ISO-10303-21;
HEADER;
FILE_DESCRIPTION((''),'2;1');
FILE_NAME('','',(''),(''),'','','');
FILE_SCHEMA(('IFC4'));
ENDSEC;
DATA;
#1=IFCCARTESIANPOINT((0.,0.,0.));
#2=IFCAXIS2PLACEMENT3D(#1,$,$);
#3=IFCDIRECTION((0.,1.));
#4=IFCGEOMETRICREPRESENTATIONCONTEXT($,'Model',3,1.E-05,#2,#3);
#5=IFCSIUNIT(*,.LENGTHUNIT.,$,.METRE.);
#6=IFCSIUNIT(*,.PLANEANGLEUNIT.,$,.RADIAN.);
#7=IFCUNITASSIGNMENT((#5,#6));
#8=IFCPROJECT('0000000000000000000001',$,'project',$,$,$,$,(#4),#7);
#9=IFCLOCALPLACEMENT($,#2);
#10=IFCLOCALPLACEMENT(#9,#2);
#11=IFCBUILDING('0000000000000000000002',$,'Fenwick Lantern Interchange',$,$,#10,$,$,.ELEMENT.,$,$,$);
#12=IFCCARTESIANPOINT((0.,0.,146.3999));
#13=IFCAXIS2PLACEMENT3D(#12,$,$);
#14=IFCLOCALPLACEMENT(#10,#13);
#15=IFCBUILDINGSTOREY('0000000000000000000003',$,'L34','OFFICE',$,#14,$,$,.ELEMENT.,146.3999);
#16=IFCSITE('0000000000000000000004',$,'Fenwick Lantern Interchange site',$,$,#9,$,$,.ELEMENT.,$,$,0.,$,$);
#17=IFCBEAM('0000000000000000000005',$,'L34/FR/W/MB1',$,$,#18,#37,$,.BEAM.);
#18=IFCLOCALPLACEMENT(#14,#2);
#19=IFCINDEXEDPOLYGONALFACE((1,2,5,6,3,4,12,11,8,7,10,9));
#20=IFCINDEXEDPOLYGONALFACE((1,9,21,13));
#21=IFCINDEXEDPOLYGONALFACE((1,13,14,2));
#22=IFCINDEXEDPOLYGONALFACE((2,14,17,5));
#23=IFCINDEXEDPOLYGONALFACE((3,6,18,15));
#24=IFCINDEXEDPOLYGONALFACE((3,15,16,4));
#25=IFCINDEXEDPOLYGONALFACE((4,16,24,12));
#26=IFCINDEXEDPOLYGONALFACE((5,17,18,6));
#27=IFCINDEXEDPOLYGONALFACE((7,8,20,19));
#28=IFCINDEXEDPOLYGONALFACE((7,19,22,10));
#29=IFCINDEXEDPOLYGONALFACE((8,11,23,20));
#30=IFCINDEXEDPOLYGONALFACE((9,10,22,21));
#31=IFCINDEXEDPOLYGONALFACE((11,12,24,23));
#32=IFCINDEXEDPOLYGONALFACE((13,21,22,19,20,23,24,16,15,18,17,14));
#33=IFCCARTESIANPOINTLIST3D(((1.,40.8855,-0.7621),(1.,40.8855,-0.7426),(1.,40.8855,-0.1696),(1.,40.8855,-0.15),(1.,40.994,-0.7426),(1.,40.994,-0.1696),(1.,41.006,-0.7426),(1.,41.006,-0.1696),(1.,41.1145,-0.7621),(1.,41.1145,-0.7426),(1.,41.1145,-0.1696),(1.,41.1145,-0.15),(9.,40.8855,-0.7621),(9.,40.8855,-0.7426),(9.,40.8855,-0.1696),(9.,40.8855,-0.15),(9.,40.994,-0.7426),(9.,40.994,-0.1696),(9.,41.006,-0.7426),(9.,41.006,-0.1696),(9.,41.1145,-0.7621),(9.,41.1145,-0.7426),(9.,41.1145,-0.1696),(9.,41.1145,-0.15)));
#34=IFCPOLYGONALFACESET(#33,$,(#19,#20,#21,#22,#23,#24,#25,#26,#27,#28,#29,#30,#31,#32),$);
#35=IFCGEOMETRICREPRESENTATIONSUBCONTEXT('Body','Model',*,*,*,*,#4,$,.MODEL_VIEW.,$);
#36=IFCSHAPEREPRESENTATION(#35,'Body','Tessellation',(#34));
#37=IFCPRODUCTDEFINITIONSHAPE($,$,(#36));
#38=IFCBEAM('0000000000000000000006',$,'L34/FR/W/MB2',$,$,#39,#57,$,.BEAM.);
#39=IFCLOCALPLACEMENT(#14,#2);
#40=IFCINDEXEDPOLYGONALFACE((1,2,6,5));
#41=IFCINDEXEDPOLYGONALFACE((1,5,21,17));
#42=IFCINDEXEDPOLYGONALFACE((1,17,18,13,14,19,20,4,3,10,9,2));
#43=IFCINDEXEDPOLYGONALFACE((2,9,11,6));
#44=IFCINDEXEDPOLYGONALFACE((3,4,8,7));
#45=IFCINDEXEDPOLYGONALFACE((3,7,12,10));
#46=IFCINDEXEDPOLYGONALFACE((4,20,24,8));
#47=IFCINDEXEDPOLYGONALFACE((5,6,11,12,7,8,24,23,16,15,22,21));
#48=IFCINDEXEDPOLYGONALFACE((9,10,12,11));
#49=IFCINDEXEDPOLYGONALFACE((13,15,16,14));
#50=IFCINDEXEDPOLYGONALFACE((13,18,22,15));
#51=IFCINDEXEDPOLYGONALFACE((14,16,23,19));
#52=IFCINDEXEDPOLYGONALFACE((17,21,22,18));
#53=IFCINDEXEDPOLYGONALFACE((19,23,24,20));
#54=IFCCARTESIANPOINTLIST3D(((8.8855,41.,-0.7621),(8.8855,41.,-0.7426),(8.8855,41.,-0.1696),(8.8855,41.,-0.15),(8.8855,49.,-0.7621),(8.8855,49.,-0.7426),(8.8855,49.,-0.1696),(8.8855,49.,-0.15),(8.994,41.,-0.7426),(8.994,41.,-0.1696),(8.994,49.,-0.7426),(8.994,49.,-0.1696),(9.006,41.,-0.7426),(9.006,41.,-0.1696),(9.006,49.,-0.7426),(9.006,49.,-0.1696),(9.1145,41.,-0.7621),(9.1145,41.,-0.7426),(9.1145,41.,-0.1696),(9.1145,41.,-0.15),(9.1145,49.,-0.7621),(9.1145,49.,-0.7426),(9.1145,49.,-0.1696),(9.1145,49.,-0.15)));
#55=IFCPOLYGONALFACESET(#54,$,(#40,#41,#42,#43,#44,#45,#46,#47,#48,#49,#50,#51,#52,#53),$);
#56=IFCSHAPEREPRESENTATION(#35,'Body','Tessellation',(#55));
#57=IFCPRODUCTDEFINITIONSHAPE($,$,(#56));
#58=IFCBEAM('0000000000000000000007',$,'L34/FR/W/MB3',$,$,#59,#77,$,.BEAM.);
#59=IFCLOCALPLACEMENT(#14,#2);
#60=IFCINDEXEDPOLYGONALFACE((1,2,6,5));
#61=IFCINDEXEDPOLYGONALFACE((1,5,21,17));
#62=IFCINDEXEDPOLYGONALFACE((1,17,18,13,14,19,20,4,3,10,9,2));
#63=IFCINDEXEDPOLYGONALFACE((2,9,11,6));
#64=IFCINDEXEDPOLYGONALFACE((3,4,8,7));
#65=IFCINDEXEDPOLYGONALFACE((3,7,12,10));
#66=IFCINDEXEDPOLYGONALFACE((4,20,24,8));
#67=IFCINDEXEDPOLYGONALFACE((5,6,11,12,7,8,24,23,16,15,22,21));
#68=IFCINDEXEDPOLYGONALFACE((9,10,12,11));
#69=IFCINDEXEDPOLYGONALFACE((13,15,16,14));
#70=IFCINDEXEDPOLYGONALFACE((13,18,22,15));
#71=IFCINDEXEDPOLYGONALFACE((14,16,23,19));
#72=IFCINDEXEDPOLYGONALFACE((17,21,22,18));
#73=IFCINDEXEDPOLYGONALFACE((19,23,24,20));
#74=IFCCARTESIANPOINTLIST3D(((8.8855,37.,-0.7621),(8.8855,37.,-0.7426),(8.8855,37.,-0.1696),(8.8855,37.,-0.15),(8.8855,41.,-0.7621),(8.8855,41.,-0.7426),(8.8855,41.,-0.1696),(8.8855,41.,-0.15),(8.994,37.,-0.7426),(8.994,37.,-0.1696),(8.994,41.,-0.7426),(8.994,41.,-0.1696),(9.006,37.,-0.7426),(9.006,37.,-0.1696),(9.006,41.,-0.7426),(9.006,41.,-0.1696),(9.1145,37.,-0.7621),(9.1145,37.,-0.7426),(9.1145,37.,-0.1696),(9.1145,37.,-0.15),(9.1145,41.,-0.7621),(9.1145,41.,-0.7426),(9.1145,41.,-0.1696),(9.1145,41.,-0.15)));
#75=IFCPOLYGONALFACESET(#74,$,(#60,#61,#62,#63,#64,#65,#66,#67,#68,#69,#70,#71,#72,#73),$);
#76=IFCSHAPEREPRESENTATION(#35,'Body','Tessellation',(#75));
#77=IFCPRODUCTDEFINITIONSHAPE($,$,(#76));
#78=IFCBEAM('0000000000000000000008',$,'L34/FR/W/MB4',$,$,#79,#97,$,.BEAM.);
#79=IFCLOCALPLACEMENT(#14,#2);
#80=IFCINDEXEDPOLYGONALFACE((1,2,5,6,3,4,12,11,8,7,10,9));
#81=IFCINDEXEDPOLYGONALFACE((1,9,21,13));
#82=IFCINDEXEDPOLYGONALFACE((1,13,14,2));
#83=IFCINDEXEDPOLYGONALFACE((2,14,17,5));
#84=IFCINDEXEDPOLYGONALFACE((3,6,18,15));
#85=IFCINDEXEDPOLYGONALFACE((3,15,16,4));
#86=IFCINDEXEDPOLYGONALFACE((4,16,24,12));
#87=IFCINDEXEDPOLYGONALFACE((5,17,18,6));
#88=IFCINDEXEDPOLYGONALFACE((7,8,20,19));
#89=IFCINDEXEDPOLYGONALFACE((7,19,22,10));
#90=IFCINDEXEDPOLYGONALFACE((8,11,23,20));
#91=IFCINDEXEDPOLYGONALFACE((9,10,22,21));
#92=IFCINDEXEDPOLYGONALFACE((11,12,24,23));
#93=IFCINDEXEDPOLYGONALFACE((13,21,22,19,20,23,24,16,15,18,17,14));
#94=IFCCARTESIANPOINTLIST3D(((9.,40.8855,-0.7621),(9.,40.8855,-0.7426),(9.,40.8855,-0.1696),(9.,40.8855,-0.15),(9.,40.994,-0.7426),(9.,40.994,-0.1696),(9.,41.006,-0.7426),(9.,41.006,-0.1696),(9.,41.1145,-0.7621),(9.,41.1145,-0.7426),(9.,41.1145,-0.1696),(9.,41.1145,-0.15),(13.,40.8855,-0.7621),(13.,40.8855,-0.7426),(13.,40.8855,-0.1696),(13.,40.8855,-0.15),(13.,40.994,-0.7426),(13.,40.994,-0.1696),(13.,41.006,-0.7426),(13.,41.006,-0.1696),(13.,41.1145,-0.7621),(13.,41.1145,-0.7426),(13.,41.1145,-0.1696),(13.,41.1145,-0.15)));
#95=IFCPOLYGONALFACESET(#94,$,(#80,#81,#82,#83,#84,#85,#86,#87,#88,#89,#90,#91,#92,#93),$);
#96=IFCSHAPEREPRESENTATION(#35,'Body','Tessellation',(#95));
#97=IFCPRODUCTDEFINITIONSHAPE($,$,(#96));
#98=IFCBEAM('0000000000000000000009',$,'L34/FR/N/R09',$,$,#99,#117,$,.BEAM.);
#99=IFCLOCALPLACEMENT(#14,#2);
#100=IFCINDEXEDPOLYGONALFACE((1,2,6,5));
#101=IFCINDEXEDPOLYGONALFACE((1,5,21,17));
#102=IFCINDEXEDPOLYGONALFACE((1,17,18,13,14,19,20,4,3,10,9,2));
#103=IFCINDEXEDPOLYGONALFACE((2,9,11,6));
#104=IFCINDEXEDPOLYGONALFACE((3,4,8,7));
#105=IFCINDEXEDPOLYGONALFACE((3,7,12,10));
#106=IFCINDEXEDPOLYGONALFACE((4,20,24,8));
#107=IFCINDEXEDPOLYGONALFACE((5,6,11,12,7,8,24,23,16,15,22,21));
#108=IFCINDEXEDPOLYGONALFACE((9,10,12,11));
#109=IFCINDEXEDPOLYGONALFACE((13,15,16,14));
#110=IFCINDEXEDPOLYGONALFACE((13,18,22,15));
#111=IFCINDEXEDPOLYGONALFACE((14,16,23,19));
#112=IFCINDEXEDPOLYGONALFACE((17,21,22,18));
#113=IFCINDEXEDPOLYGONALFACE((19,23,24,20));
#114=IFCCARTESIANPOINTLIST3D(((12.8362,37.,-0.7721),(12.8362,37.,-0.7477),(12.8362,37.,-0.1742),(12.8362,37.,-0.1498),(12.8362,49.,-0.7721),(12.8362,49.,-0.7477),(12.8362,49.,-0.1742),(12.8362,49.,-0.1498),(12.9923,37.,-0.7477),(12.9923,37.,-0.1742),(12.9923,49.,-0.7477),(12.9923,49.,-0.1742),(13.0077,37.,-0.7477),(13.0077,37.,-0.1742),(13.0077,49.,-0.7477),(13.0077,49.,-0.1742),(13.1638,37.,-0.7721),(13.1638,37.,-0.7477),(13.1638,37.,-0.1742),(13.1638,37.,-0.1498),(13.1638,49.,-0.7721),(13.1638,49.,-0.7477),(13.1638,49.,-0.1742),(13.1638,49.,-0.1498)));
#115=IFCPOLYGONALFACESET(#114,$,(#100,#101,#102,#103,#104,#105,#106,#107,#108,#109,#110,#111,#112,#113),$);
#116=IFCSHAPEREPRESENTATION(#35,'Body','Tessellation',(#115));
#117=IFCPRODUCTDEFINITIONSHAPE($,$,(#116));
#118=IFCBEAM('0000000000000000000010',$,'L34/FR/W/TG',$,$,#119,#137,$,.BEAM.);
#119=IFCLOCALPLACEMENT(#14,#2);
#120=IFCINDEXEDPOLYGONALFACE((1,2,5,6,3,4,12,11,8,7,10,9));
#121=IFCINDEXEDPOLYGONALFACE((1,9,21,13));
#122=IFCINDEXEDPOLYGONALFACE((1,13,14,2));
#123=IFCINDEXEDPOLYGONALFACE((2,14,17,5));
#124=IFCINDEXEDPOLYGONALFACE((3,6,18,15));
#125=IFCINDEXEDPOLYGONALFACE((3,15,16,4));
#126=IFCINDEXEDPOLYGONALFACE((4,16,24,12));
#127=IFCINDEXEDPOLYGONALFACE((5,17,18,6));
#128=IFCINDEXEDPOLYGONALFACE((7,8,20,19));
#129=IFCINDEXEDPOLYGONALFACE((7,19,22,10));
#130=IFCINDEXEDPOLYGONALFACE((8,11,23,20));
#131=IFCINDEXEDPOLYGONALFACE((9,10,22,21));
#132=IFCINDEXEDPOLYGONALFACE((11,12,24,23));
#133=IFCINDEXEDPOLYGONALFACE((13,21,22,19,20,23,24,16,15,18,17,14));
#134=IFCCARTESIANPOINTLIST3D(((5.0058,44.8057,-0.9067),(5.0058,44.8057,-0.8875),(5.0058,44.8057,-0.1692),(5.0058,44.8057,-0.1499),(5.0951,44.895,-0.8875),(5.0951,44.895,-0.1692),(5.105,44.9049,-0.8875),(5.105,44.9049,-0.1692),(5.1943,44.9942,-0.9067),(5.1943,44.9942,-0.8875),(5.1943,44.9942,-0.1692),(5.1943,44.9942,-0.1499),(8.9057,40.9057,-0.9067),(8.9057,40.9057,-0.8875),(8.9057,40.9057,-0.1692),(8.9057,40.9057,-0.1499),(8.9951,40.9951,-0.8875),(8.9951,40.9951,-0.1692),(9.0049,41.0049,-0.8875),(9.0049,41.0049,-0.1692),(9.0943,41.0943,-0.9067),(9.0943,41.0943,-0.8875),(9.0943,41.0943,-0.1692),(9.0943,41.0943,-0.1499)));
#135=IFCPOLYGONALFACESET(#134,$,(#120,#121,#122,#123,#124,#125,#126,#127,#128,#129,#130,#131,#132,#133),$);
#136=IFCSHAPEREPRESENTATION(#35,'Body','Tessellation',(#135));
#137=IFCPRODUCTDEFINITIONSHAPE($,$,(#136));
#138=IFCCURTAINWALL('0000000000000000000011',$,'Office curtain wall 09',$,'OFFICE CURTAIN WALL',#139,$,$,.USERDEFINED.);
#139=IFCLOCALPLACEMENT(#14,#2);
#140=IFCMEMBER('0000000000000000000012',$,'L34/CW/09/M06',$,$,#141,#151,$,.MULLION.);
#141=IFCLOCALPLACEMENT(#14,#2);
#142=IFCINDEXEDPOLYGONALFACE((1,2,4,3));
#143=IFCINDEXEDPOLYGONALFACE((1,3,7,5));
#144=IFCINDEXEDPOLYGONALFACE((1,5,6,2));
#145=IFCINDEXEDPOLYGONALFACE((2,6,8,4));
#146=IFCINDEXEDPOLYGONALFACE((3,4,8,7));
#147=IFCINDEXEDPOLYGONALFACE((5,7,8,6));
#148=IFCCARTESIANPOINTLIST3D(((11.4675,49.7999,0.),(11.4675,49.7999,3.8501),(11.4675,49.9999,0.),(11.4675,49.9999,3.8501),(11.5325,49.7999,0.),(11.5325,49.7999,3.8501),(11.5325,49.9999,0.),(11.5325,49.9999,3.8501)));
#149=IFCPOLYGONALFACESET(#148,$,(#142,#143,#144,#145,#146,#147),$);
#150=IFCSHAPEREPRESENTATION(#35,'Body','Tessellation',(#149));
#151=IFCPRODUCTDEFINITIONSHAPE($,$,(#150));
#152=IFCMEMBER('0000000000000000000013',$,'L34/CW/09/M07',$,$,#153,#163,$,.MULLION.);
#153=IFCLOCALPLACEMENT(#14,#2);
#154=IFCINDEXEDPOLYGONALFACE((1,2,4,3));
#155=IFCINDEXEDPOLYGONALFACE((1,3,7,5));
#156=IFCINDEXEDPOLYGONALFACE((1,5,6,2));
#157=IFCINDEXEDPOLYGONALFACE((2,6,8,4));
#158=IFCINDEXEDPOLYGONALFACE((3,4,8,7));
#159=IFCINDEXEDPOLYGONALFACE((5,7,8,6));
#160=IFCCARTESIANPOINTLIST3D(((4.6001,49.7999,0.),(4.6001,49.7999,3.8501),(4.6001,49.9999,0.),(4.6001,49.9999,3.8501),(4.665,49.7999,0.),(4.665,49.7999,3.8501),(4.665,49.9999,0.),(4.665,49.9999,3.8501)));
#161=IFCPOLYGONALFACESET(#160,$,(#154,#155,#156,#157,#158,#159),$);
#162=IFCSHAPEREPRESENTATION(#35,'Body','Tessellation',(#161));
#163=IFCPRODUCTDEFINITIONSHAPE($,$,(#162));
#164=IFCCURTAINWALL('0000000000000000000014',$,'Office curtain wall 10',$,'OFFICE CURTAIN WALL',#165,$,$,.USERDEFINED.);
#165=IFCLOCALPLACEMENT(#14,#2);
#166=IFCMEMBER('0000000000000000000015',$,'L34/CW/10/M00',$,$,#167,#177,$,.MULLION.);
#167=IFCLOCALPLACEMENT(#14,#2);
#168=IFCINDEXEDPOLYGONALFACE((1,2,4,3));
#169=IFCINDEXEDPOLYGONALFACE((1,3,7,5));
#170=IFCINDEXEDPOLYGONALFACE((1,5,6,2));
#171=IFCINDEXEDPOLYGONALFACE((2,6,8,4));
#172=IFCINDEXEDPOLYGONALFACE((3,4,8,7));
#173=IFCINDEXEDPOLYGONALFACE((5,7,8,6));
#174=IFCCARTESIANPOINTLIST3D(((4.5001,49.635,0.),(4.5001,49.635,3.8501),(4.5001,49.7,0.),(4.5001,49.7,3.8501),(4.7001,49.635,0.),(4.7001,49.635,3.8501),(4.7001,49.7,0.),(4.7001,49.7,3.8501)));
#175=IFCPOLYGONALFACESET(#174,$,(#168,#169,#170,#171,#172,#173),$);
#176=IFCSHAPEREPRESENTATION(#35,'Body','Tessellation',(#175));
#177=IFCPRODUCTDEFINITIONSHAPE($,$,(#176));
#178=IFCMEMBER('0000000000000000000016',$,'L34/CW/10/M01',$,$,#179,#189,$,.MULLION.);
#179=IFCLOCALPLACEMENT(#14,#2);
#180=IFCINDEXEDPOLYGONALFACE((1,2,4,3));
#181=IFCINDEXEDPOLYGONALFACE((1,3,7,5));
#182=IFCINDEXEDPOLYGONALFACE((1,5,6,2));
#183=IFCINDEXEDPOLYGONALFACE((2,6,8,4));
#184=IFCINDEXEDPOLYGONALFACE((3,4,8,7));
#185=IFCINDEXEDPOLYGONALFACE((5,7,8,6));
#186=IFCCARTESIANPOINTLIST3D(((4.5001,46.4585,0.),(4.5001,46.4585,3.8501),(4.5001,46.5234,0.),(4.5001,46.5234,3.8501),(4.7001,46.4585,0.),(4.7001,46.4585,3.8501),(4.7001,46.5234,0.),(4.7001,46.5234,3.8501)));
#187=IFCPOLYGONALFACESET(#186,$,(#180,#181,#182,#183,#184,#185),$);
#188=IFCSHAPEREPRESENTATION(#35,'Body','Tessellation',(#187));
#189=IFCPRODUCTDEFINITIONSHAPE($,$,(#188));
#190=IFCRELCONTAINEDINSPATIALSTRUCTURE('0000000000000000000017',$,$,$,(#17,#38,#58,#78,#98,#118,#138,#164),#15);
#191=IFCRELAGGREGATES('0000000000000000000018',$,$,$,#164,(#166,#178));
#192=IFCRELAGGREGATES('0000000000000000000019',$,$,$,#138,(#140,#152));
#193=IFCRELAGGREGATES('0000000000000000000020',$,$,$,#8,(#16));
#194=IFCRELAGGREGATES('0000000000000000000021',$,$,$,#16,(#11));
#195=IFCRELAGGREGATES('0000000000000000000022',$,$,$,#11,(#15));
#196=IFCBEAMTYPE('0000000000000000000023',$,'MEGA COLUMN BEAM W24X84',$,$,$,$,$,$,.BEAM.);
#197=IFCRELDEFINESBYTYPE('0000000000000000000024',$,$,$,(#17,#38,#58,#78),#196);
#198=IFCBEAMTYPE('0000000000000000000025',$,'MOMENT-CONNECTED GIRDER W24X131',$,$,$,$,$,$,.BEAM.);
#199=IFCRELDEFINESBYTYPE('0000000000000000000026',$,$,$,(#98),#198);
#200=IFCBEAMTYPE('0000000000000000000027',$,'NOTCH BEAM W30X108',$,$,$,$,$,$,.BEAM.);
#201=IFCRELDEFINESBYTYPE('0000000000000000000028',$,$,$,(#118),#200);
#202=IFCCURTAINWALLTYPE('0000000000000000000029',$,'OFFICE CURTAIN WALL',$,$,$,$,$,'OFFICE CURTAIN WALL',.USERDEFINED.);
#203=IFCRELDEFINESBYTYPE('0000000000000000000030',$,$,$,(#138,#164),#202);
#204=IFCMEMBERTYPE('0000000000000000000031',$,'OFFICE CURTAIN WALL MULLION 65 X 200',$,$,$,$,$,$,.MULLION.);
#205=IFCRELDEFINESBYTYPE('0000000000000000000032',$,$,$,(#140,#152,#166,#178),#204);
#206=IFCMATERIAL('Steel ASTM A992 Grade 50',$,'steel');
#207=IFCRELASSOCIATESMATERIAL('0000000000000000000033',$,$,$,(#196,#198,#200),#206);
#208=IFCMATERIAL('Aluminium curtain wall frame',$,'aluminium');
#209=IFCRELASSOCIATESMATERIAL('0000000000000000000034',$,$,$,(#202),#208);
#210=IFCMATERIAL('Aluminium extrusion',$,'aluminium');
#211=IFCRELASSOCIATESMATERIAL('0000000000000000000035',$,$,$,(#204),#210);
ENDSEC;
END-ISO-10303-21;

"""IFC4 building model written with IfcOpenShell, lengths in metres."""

from ifc_helpers import new_model, si_unit, direction, frame, origin, origin_2d, place, context, subcontext, project, spatial, rectangle, i_section, extrude, material, material_profile, profile_set, type_object, element, aggregate, save


model = new_model("IFC4")

# Units and contexts
model_context = context("Model", 3, precision=1e-05, world=origin(), true_north=direction((0.0, 1.0)))
body_context = subcontext(model_context, "Body", "Model", "MODEL_VIEW")
ifc_project = project(units=[si_unit("LENGTHUNIT", "METRE"), si_unit("PLANEANGLEUNIT", "RADIAN")], contexts=[model_context])

# Site, building, storey
site_placement = place(None, origin())
site = spatial("IfcSite", under=ifc_project, at=site_placement, Name="Fenwick Lantern Interchange site", CompositionType="ELEMENT", RefElevation=0.0)
building_placement = place(site_placement, origin())
building = spatial("IfcBuilding", under=site, at=building_placement, Name="Fenwick Lantern Interchange", CompositionType="ELEMENT")
storey_placement = place(building_placement, frame((0.0, 0.0, 146.3999)))
storey = spatial("IfcBuildingStorey", under=building, at=storey_placement, Name="L34", Description="OFFICE", CompositionType="ELEMENT", Elevation=146.3999)

# Shared definitions
ifc_material_1 = material(Name="Steel ASTM A992 Grade 50", Category="steel")

# Beams
ifc_material_profile_1 = material_profile(ifc_material_1, i_section(OverallWidth=0.229, OverallDepth=0.6121, WebThickness=0.012, FlangeThickness=0.0195, at=origin_2d()), Name="W24X84")
ifc_profile_set_1 = profile_set([ifc_material_profile_1], Name="Steel ASTM A992 Grade 50")
beam_type_1 = type_object("IfcBeamType", Name="MEGA COLUMN BEAM W24X84", PredefinedType="BEAM", material=ifc_profile_set_1)
for number, where, z_axis, x_axis, name in (
    (1, (9.0, 41.0, -0.4561), (-1.0, 0.0, 0.0), (0.0, -1.0, 0.0), "L34/FR/W/MB1"),
    (2, (9.0, 41.0, -0.4561), (0.0, 1.0, 0.0), (-1.0, 0.0, 0.0), "L34/FR/W/MB2"),
):
    element("IfcBeam", number, at=place(storey_placement, frame(where, z_axis=z_axis, x_axis=x_axis)), inside=storey, type_object=beam_type_1, Name=name, PredefinedType="BEAM", context=body_context, shape_type="SweptSolid", body=[
        extrude(i_section(OverallWidth=0.229, OverallDepth=0.6121, WebThickness=0.012, FlangeThickness=0.0195, at=origin_2d()), origin(), (0.0, 0.0, 1.0), 8.0),
    ])
for number, where, z_axis, x_axis, name in (
    (3, (9.0, 41.0, -0.4561), (0.0, -1.0, 0.0), (1.0, 0.0, 0.0), "L34/FR/W/MB3"),
    (4, (9.0, 41.0, -0.4561), (1.0, 0.0, 0.0), (0.0, 1.0, 0.0), "L34/FR/W/MB4"),
):
    element("IfcBeam", number, at=place(storey_placement, frame(where, z_axis=z_axis, x_axis=x_axis)), inside=storey, type_object=beam_type_1, Name=name, PredefinedType="BEAM", context=body_context, shape_type="SweptSolid", body=[
        extrude(i_section(OverallWidth=0.229, OverallDepth=0.6121, WebThickness=0.012, FlangeThickness=0.0195, at=origin_2d()), origin(), (0.0, 0.0, 1.0), 4.0),
    ])
ifc_material_profile_2 = material_profile(ifc_material_1, i_section(OverallWidth=0.3276, OverallDepth=0.6223, WebThickness=0.0154, FlangeThickness=0.0244, at=origin_2d()), Name="W24X131")
ifc_profile_set_2 = profile_set([ifc_material_profile_2], Name="Steel ASTM A992 Grade 50")
beam_type_2 = type_object("IfcBeamType", Name="MOMENT-CONNECTED GIRDER W24X131", PredefinedType="BEAM", material=ifc_profile_set_2)
beam_1_placement = place(storey_placement, frame((13.0, 49.0, -0.4609), z_axis=(0.0, -1.0, 0.0), x_axis=(1.0, 0.0, 0.0)))
element("IfcBeam", 5, at=beam_1_placement, inside=storey, type_object=beam_type_2, Name="L34/FR/N/R09", PredefinedType="BEAM", context=body_context, shape_type="SweptSolid", body=[
    extrude(i_section(OverallWidth=0.3276, OverallDepth=0.6223, WebThickness=0.0154, FlangeThickness=0.0244, at=origin_2d()), origin(), (0.0, 0.0, 1.0), 12.0),
])
ifc_material_profile_3 = material_profile(ifc_material_1, i_section(OverallWidth=0.2666, OverallDepth=0.7568, WebThickness=0.0139, FlangeThickness=0.0193, at=origin_2d()), Name="W30X108")
ifc_profile_set_3 = profile_set([ifc_material_profile_3], Name="Steel ASTM A992 Grade 50")
beam_type_3 = type_object("IfcBeamType", Name="NOTCH BEAM W30X108", PredefinedType="BEAM", material=ifc_profile_set_3)
beam_2_placement = place(storey_placement, frame((9.0, 41.0, -0.5283), z_axis=(-0.707107, 0.707107, 0.0), x_axis=(-0.707107, -0.707107, 0.0)))
element("IfcBeam", 6, at=beam_2_placement, inside=storey, type_object=beam_type_3, Name="L34/FR/W/TG", PredefinedType="BEAM", context=body_context, shape_type="SweptSolid", body=[
    extrude(i_section(OverallWidth=0.2666, OverallDepth=0.7568, WebThickness=0.0139, FlangeThickness=0.0193, at=origin_2d()), origin(), (0.0, 0.0, 1.0), 5.5154),
])

# Curtain walls, members
ifc_material_2 = material(Name="Aluminium curtain wall frame", Category="aluminium")
curtain_wall_type = type_object("IfcCurtainWallType", Name="OFFICE CURTAIN WALL", ElementType="OFFICE CURTAIN WALL", PredefinedType="USERDEFINED", material=ifc_material_2)
curtain_wall_1_placement = place(storey_placement, origin())
curtain_wall_1 = element("IfcCurtainWall", 7, at=curtain_wall_1_placement, inside=storey, type_object=curtain_wall_type, Name="Office curtain wall 09", ObjectType="OFFICE CURTAIN WALL", PredefinedType="USERDEFINED")
ifc_material_3 = material(Name="Aluminium extrusion", Category="aluminium")
ifc_material_profile_4 = material_profile(ifc_material_3, rectangle(XDim=0.2, YDim=0.0649, at=origin_2d()), Name="OFFICE CURTAIN WALL MULLION 65 X 200")
ifc_profile_set_4 = profile_set([ifc_material_profile_4], Name="Aluminium extrusion")
member_type_1 = type_object("IfcMemberType", Name="OFFICE CURTAIN WALL MULLION 65 X 200", PredefinedType="MULLION", material=ifc_profile_set_4)
member_1_placement = place(storey_placement, frame((11.5, 49.8999, 0.0), z_axis=(0.0, 0.0, 1.0), x_axis=(0.0, -1.0, 0.0)))
member_1 = element("IfcMember", 8, at=member_1_placement, type_object=member_type_1, Name="L34/CW/09/M06", PredefinedType="MULLION", context=body_context, shape_type="SweptSolid", body=[
    extrude(rectangle(XDim=0.2, YDim=0.0649, at=origin_2d()), origin(), (0.0, 0.0, 1.0), 3.8501),
])
member_2_placement = place(storey_placement, frame((4.6326, 49.8999, 0.0), z_axis=(0.0, 0.0, 1.0), x_axis=(0.0, -1.0, 0.0)))
member_2 = element("IfcMember", 9, at=member_2_placement, type_object=member_type_1, Name="L34/CW/09/M07", PredefinedType="MULLION", context=body_context, shape_type="SweptSolid", body=[
    extrude(rectangle(XDim=0.2, YDim=0.0649, at=origin_2d()), origin(), (0.0, 0.0, 1.0), 3.8501),
])
curtain_wall_2_placement = place(storey_placement, origin())
curtain_wall_2 = element("IfcCurtainWall", 10, at=curtain_wall_2_placement, inside=storey, type_object=curtain_wall_type, Name="Office curtain wall 10", ObjectType="OFFICE CURTAIN WALL", PredefinedType="USERDEFINED")
member_3_placement = place(storey_placement, frame((4.6001, 49.6675, 0.0), z_axis=(0.0, 0.0, 1.0), x_axis=(1.0, 0.0, 0.0)))
member_3 = element("IfcMember", 11, at=member_3_placement, type_object=member_type_1, Name="L34/CW/10/M00", PredefinedType="MULLION", context=body_context, shape_type="SweptSolid", body=[
    extrude(rectangle(XDim=0.2, YDim=0.0649, at=origin_2d()), origin(), (0.0, 0.0, 1.0), 3.8501),
])
member_4_placement = place(storey_placement, frame((4.6001, 46.491, 0.0), z_axis=(0.0, 0.0, 1.0), x_axis=(1.0, 0.0, 0.0)))
member_4 = element("IfcMember", 12, at=member_4_placement, type_object=member_type_1, Name="L34/CW/10/M01", PredefinedType="MULLION", context=body_context, shape_type="SweptSolid", body=[
    extrude(rectangle(XDim=0.2, YDim=0.0649, at=origin_2d()), origin(), (0.0, 0.0, 1.0), 3.8501),
])

aggregate(curtain_wall_2, [member_3, member_4])

aggregate(curtain_wall_1, [member_1, member_2])

save(model, "model.ifc")
